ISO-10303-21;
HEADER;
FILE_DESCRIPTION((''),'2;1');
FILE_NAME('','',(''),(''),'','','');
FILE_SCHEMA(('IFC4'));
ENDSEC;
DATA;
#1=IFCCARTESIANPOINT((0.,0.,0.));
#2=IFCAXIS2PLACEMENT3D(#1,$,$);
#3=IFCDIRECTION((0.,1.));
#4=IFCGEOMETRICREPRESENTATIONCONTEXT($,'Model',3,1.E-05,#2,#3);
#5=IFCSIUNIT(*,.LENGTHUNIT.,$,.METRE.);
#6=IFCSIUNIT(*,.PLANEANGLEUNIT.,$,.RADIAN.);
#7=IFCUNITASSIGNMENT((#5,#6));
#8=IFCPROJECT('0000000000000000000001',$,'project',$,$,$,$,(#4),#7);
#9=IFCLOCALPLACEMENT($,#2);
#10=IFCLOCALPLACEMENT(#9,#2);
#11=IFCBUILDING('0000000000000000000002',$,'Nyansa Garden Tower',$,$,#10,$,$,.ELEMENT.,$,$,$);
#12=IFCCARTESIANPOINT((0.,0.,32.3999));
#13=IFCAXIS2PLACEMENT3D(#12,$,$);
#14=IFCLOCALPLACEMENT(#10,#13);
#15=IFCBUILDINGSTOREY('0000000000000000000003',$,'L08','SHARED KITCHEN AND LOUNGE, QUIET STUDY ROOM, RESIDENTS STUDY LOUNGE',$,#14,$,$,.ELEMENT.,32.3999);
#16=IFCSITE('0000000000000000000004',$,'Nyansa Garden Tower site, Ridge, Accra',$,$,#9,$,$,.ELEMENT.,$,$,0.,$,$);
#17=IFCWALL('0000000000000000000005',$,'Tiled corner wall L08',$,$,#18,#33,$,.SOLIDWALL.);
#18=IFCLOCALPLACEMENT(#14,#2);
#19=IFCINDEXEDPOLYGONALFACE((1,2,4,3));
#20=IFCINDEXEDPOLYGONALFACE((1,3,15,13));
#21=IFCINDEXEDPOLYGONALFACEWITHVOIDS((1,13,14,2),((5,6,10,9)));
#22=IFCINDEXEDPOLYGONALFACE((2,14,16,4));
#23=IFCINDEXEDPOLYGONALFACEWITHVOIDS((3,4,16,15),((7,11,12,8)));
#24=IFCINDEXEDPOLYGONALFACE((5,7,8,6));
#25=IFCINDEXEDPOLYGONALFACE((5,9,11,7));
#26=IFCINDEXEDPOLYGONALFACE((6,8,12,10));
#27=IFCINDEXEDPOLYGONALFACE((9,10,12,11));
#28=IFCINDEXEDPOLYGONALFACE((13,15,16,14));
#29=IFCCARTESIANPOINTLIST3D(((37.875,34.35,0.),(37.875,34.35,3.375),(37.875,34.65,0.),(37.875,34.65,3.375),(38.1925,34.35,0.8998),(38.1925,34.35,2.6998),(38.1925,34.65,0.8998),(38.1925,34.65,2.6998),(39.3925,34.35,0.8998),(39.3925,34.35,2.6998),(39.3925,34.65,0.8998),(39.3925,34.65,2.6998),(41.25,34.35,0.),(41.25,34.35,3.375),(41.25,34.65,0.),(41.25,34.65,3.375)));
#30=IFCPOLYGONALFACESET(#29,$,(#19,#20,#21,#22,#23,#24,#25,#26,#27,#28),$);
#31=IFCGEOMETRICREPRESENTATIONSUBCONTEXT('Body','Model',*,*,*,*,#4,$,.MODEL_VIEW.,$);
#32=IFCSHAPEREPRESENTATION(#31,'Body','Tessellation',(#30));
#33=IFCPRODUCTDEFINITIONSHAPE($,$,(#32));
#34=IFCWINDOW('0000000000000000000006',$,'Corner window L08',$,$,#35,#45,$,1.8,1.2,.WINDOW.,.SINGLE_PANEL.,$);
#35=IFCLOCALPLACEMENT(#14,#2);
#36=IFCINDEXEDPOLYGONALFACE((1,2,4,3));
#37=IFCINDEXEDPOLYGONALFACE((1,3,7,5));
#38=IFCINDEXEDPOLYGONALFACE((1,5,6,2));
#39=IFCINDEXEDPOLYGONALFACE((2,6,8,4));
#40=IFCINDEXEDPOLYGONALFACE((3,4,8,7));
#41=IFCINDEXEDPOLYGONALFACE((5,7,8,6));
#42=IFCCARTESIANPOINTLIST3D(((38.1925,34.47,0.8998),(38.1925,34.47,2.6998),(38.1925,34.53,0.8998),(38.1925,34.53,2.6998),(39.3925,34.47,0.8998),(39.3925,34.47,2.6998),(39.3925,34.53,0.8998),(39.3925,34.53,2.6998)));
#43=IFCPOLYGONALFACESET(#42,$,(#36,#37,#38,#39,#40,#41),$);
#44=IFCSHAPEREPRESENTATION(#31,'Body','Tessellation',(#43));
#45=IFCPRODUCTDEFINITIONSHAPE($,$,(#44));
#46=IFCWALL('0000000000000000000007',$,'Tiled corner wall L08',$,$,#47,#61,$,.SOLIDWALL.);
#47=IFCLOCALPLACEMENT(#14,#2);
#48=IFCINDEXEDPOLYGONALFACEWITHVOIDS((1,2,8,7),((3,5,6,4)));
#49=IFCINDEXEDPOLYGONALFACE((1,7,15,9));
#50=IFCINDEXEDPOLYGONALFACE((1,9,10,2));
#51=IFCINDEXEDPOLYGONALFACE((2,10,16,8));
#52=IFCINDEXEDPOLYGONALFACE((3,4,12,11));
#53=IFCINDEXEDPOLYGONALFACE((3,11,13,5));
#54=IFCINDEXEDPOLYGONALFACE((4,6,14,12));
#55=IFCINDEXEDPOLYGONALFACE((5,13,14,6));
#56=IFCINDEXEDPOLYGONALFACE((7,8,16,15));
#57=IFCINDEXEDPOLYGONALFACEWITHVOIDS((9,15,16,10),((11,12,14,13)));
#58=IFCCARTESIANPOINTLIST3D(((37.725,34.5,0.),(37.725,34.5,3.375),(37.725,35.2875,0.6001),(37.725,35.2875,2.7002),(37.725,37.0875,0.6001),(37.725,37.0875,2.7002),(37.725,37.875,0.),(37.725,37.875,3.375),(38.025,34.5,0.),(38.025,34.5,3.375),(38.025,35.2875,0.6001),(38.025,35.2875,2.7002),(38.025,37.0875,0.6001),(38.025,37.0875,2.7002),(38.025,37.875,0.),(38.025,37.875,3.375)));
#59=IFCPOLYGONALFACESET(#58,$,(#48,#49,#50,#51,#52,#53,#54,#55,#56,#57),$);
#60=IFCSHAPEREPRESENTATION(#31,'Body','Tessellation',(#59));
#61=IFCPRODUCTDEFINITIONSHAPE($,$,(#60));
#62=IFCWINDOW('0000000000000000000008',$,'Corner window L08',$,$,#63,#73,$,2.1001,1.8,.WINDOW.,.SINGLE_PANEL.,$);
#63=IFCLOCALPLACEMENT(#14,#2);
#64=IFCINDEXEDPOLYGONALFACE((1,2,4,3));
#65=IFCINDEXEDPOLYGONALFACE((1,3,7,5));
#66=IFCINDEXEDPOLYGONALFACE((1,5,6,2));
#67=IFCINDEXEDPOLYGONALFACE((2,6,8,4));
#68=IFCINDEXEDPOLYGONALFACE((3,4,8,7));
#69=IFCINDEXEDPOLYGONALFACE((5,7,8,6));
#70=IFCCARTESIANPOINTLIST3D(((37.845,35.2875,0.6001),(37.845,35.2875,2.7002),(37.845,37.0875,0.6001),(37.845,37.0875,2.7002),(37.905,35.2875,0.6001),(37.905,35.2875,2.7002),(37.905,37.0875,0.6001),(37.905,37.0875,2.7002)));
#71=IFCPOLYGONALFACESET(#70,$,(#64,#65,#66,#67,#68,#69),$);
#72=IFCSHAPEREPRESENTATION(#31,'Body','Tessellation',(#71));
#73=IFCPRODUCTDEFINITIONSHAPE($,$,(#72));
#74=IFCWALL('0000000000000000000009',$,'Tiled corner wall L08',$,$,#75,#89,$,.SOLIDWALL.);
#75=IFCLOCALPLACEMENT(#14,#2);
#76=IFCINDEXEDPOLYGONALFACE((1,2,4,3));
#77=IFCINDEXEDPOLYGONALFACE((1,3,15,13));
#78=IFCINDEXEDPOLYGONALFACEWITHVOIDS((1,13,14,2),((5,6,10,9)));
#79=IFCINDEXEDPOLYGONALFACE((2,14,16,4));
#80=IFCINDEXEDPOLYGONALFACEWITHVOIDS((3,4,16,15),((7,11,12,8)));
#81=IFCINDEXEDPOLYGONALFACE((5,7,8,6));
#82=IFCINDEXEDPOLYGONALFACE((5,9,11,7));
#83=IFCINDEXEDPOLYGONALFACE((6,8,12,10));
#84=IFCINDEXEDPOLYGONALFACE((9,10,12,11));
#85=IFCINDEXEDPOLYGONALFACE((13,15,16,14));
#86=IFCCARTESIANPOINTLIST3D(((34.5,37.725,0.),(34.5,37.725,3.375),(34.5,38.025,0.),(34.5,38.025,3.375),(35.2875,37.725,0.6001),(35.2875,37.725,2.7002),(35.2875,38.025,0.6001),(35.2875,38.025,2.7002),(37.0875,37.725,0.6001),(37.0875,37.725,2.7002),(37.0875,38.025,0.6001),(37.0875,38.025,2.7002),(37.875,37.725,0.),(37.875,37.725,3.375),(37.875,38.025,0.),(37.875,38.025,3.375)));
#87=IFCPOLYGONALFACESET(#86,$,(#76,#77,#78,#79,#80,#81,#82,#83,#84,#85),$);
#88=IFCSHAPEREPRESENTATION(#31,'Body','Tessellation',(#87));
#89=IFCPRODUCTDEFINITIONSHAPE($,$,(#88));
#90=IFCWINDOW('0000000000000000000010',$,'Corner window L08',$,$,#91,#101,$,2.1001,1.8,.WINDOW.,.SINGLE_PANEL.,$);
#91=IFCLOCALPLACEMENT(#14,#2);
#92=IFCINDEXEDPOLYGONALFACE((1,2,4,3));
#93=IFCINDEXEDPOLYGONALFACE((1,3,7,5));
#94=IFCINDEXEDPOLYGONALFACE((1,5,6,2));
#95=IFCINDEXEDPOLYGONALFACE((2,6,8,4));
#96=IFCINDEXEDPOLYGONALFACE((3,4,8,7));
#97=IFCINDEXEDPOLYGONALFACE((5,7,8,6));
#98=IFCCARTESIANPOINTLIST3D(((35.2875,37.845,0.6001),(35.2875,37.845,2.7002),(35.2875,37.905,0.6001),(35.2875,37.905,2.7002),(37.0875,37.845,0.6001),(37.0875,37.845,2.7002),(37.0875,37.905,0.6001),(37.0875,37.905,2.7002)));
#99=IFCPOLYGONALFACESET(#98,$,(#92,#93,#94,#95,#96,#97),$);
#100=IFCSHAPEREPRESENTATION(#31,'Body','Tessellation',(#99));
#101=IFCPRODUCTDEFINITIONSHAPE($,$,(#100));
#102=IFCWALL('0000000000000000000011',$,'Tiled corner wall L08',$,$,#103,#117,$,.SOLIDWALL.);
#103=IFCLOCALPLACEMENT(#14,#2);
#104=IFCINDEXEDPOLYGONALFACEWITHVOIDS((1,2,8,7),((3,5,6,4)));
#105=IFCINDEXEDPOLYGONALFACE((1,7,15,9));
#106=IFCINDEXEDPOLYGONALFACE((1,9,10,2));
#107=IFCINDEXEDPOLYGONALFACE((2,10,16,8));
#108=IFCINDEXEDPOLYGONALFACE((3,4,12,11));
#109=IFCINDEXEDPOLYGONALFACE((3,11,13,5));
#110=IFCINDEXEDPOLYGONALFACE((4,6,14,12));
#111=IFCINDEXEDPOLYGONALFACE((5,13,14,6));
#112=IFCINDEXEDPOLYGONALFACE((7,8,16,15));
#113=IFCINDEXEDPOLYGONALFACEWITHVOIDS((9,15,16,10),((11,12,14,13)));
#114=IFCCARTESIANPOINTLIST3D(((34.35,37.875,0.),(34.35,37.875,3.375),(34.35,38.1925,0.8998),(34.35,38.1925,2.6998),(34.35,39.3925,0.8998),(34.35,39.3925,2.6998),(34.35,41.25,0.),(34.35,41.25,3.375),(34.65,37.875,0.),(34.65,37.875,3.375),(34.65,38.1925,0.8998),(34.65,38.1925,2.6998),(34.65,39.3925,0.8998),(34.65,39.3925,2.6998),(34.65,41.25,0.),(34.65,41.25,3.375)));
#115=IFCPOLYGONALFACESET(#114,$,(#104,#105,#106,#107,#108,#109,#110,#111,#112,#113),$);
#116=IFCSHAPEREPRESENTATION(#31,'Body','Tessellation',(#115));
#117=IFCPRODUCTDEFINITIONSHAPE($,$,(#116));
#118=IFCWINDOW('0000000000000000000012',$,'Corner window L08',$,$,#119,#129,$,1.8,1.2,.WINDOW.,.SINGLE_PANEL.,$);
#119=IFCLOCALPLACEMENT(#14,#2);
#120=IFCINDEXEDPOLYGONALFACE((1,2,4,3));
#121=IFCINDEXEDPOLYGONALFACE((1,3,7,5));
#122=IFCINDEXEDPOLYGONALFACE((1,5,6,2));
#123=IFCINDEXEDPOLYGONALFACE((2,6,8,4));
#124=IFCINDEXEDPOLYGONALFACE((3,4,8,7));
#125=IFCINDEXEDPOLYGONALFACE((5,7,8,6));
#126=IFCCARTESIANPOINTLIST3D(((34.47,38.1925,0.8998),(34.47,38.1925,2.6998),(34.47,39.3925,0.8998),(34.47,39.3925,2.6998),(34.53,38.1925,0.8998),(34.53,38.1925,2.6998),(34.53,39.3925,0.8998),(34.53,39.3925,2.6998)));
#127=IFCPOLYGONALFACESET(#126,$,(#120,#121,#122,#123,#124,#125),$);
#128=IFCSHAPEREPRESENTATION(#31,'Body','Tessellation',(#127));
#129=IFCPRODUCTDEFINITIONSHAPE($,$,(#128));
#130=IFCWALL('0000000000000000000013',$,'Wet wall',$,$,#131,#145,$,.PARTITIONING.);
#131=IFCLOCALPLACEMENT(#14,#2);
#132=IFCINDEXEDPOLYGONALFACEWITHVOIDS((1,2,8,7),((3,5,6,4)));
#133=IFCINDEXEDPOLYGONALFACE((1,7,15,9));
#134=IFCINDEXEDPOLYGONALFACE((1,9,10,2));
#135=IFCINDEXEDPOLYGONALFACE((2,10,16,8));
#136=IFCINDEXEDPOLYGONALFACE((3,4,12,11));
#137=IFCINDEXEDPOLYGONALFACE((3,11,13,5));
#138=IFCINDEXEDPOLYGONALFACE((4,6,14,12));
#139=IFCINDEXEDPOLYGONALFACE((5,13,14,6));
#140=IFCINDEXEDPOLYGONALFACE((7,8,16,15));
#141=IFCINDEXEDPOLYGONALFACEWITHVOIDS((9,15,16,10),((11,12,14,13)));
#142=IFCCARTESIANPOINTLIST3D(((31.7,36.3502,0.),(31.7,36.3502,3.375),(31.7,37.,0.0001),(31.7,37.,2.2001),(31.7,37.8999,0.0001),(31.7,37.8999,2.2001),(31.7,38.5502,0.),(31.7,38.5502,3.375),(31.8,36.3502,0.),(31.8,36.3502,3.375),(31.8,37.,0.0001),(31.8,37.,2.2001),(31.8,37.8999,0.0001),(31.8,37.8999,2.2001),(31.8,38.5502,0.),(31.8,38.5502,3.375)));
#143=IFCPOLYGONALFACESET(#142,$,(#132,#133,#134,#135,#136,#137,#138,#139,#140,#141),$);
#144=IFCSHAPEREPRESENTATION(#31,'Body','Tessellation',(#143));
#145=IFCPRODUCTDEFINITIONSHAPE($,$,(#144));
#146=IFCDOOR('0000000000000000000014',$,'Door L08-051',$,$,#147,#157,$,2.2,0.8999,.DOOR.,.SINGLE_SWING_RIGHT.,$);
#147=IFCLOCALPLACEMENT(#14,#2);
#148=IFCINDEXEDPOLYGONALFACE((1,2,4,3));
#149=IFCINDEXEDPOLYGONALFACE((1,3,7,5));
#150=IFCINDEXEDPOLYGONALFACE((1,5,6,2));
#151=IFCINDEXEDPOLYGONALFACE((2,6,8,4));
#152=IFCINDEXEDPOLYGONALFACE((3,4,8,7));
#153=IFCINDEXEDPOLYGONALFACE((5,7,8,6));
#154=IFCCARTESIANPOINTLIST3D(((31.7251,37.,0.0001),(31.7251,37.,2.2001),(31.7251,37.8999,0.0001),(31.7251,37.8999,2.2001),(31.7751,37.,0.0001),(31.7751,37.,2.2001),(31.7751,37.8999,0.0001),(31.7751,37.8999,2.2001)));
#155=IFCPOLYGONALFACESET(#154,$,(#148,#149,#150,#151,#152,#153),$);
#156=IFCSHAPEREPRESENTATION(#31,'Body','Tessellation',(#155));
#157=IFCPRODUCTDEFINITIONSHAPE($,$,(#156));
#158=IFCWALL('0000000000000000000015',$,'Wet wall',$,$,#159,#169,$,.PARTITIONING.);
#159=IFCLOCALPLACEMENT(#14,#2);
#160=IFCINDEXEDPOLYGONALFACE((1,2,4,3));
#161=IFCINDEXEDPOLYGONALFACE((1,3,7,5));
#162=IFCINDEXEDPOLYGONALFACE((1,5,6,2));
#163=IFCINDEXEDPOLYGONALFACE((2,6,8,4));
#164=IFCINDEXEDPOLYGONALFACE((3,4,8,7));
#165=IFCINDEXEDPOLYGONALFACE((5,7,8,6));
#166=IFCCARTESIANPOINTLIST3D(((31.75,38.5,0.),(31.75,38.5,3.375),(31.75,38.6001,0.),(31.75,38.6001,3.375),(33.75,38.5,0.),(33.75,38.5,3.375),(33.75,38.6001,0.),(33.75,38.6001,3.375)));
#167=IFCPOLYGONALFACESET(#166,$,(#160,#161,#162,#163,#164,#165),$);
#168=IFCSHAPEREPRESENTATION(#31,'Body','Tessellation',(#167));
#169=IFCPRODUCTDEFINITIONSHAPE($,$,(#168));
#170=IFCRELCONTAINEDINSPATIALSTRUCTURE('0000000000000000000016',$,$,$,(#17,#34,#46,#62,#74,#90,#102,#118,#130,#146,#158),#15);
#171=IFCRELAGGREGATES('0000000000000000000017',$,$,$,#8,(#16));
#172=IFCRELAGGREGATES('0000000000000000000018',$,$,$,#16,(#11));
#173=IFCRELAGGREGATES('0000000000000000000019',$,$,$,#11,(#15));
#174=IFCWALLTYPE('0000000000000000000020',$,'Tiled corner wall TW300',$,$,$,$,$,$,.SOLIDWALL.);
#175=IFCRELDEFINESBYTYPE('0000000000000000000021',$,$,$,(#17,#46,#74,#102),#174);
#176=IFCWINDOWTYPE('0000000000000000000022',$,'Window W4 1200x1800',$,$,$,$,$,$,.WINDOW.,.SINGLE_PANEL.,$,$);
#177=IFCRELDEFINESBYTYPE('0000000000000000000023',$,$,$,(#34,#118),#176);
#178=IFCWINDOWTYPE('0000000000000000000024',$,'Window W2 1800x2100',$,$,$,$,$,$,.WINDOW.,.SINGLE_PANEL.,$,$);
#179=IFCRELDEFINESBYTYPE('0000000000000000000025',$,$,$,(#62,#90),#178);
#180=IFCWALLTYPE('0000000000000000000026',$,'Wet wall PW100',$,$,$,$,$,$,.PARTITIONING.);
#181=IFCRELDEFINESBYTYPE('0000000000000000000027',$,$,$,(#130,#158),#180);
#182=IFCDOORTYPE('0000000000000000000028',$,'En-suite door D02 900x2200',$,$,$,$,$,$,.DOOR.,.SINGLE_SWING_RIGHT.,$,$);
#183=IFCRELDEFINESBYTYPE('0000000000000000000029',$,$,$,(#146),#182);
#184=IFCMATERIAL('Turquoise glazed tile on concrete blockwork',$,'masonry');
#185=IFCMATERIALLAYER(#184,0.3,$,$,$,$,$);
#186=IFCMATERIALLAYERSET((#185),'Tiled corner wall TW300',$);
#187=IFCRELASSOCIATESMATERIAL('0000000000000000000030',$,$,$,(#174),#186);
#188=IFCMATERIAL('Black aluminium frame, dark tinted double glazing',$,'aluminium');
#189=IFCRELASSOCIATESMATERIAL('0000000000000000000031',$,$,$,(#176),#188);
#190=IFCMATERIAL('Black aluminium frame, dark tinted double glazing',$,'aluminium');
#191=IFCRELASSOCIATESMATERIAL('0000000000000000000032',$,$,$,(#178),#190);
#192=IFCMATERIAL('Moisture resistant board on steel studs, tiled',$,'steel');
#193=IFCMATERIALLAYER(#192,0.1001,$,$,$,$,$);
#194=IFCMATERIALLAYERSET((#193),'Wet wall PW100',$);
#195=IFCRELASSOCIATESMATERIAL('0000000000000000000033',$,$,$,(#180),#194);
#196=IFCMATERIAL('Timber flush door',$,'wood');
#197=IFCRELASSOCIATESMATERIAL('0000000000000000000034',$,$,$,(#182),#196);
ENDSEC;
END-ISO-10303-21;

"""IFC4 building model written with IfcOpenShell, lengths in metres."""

from ifc_helpers import new_model, si_unit, direction, frame, frame_2d, origin, place, context, subcontext, project, spatial, rectangle, extrude, material, layer, layer_set, type_object, element, fill, save


model = new_model("IFC4")

# Units and contexts
model_context = context("Model", 3, precision=1e-05, world=origin(), true_north=direction((0.0, 1.0)))
body_context = subcontext(model_context, "Body", "Model", "MODEL_VIEW")
ifc_project = project(units=[si_unit("LENGTHUNIT", "METRE"), si_unit("PLANEANGLEUNIT", "RADIAN")], contexts=[model_context])

# Site, building, storey
site_placement = place(None, origin())
site = spatial("IfcSite", under=ifc_project, at=site_placement, Name="Nyansa Garden Tower site, Ridge, Accra", CompositionType="ELEMENT", RefElevation=0.0)
building_placement = place(site_placement, origin())
building = spatial("IfcBuilding", under=site, at=building_placement, Name="Nyansa Garden Tower", CompositionType="ELEMENT")
storey_placement = place(building_placement, frame((0.0, 0.0, 32.3999)))
storey = spatial("IfcBuildingStorey", under=building, at=storey_placement, Name="L08", Description="SHARED KITCHEN AND LOUNGE, QUIET STUDY ROOM, RESIDENTS STUDY LOUNGE", CompositionType="ELEMENT", Elevation=32.3999)

# Walls, openings, windows
ifc_material_1 = material(Name="Turquoise glazed tile on concrete blockwork", Category="masonry")
ifc_layer_1 = layer(ifc_material_1, 0.3)
ifc_layer_set_1 = layer_set([ifc_layer_1], Name="Tiled corner wall TW300")
wall_type_1 = type_object("IfcWallType", Name="Tiled corner wall TW300", PredefinedType="SOLIDWALL", material=ifc_layer_set_1)
wall_1_placement = place(storey_placement, frame((41.25, 34.5, 0.0), z_axis=(0.0, 0.0, 1.0), x_axis=(-1.0, 0.0, 0.0)))
wall_1 = element("IfcWall", 1, at=wall_1_placement, inside=storey, type_object=wall_type_1, Name="Tiled corner wall L08", PredefinedType="SOLIDWALL", context=body_context, shape_type="SweptSolid", body=[
    extrude(rectangle(XDim=3.375, YDim=0.3, at=frame_2d((1.6875, 0.0))), origin(), (0.0, 0.0, 1.0), 3.375),
])
opening_1_placement = place(wall_1_placement, frame((1.8574, 0.0, 0.8999)))
opening_1 = element("IfcOpeningElement", 2, at=opening_1_placement, cuts=wall_1, PredefinedType="OPENING", context=body_context, shape_type="SweptSolid", body=[
    extrude(rectangle(XDim=1.2, YDim=1.8, at=frame_2d((0.6001, 0.8999))), frame((0.0, 0.1599, 0.0), z_axis=(0.0, -1.0, 0.0), x_axis=(1.0, 0.0, 0.0)), (0.0, 0.0, 1.0), 0.3201),
])
ifc_material_2 = material(Name="Black aluminium frame, dark tinted double glazing", Category="aluminium")
window_type_1 = type_object("IfcWindowType", Name="Window W4 1200x1800", PartitioningType="SINGLE_PANEL", PredefinedType="WINDOW", material=ifc_material_2)
window_1_placement = place(opening_1_placement, origin())
window_1 = element("IfcWindow", 3, at=window_1_placement, inside=storey, type_object=window_type_1, Name="Corner window L08", OverallHeight=1.8, OverallWidth=1.2, PartitioningType="SINGLE_PANEL", PredefinedType="WINDOW", context=body_context, shape_type="SweptSolid", body=[
    extrude(rectangle(XDim=1.2, YDim=1.8, at=frame_2d((0.6001, 0.8999))), frame((0.0, 0.03, 0.0), z_axis=(0.0, -1.0, 0.0), x_axis=(1.0, 0.0, 0.0)), (0.0, 0.0, 1.0), 0.0601),
])
fill(opening_1, window_1)
wall_2_placement = place(storey_placement, frame((37.875, 34.5, 0.0), z_axis=(0.0, 0.0, 1.0), x_axis=(0.0, 1.0, 0.0)))
wall_2 = element("IfcWall", 4, at=wall_2_placement, inside=storey, type_object=wall_type_1, Name="Tiled corner wall L08", PredefinedType="SOLIDWALL", context=body_context, shape_type="SweptSolid", body=[
    extrude(rectangle(XDim=3.375, YDim=0.3, at=frame_2d((1.6875, 0.0))), origin(), (0.0, 0.0, 1.0), 3.375),
])
opening_2_placement = place(wall_2_placement, frame((0.7876, 0.0, 0.6001)))
opening_2 = element("IfcOpeningElement", 5, at=opening_2_placement, cuts=wall_2, PredefinedType="OPENING", context=body_context, shape_type="SweptSolid", body=[
    extrude(rectangle(XDim=1.8, YDim=2.1001, at=frame_2d((0.8999, 1.05))), frame((0.0, 0.1599, 0.0), z_axis=(0.0, -1.0, 0.0), x_axis=(1.0, 0.0, 0.0)), (0.0, 0.0, 1.0), 0.3201),
])
ifc_material_3 = material(Name="Black aluminium frame, dark tinted double glazing", Category="aluminium")
window_type_2 = type_object("IfcWindowType", Name="Window W2 1800x2100", PartitioningType="SINGLE_PANEL", PredefinedType="WINDOW", material=ifc_material_3)
window_2_placement = place(opening_2_placement, origin())
window_2 = element("IfcWindow", 6, at=window_2_placement, inside=storey, type_object=window_type_2, Name="Corner window L08", OverallHeight=2.1001, OverallWidth=1.8, PartitioningType="SINGLE_PANEL", PredefinedType="WINDOW", context=body_context, shape_type="SweptSolid", body=[
    extrude(rectangle(XDim=1.8, YDim=2.1001, at=frame_2d((0.8999, 1.05))), frame((0.0, 0.03, 0.0), z_axis=(0.0, -1.0, 0.0), x_axis=(1.0, 0.0, 0.0)), (0.0, 0.0, 1.0), 0.0601),
])
fill(opening_2, window_2)
wall_3_placement = place(storey_placement, frame((37.875, 37.875, 0.0), z_axis=(0.0, 0.0, 1.0), x_axis=(-1.0, 0.0, 0.0)))
wall_3 = element("IfcWall", 7, at=wall_3_placement, inside=storey, type_object=wall_type_1, Name="Tiled corner wall L08", PredefinedType="SOLIDWALL", context=body_context, shape_type="SweptSolid", body=[
    extrude(rectangle(XDim=3.375, YDim=0.3, at=frame_2d((1.6875, 0.0))), origin(), (0.0, 0.0, 1.0), 3.375),
])
opening_3_placement = place(wall_3_placement, frame((0.7876, 0.0, 0.6001)))
opening_3 = element("IfcOpeningElement", 8, at=opening_3_placement, cuts=wall_3, PredefinedType="OPENING", context=body_context, shape_type="SweptSolid", body=[
    extrude(rectangle(XDim=1.8, YDim=2.1001, at=frame_2d((0.8999, 1.05))), frame((0.0, 0.1599, 0.0), z_axis=(0.0, -1.0, 0.0), x_axis=(1.0, 0.0, 0.0)), (0.0, 0.0, 1.0), 0.3201),
])
window_3_placement = place(opening_3_placement, origin())
window_3 = element("IfcWindow", 9, at=window_3_placement, inside=storey, type_object=window_type_2, Name="Corner window L08", OverallHeight=2.1001, OverallWidth=1.8, PartitioningType="SINGLE_PANEL", PredefinedType="WINDOW", context=body_context, shape_type="SweptSolid", body=[
    extrude(rectangle(XDim=1.8, YDim=2.1001, at=frame_2d((0.8999, 1.05))), frame((0.0, 0.03, 0.0), z_axis=(0.0, -1.0, 0.0), x_axis=(1.0, 0.0, 0.0)), (0.0, 0.0, 1.0), 0.0601),
])
fill(opening_3, window_3)
wall_4_placement = place(storey_placement, frame((34.5, 37.875, 0.0), z_axis=(0.0, 0.0, 1.0), x_axis=(0.0, 1.0, 0.0)))
wall_4 = element("IfcWall", 10, at=wall_4_placement, inside=storey, type_object=wall_type_1, Name="Tiled corner wall L08", PredefinedType="SOLIDWALL", context=body_context, shape_type="SweptSolid", body=[
    extrude(rectangle(XDim=3.375, YDim=0.3, at=frame_2d((1.6875, 0.0))), origin(), (0.0, 0.0, 1.0), 3.375),
])
opening_4_placement = place(wall_4_placement, frame((0.3174, 0.0, 0.8999)))
opening_4 = element("IfcOpeningElement", 11, at=opening_4_placement, cuts=wall_4, PredefinedType="OPENING", context=body_context, shape_type="SweptSolid", body=[
    extrude(rectangle(XDim=1.2, YDim=1.8, at=frame_2d((0.6001, 0.8999))), frame((0.0, 0.1599, 0.0), z_axis=(0.0, -1.0, 0.0), x_axis=(1.0, 0.0, 0.0)), (0.0, 0.0, 1.0), 0.3201),
])
window_4_placement = place(opening_4_placement, origin())
window_4 = element("IfcWindow", 12, at=window_4_placement, inside=storey, type_object=window_type_1, Name="Corner window L08", OverallHeight=1.8, OverallWidth=1.2, PartitioningType="SINGLE_PANEL", PredefinedType="WINDOW", context=body_context, shape_type="SweptSolid", body=[
    extrude(rectangle(XDim=1.2, YDim=1.8, at=frame_2d((0.6001, 0.8999))), frame((0.0, 0.03, 0.0), z_axis=(0.0, -1.0, 0.0), x_axis=(1.0, 0.0, 0.0)), (0.0, 0.0, 1.0), 0.0601),
])
fill(opening_4, window_4)

# Wall, opening, door
ifc_material_4 = material(Name="Moisture resistant board on steel studs, tiled", Category="steel")
ifc_layer_2 = layer(ifc_material_4, 0.1001)
ifc_layer_set_2 = layer_set([ifc_layer_2], Name="Wet wall PW100")
wall_type_2 = type_object("IfcWallType", Name="Wet wall PW100", PredefinedType="PARTITIONING", material=ifc_layer_set_2)
wall_5_placement = place(storey_placement, frame((31.75, 36.3501, 0.0), z_axis=(0.0, 0.0, 1.0), x_axis=(0.0, 1.0, 0.0)))
wall_5 = element("IfcWall", 13, at=wall_5_placement, inside=storey, type_object=wall_type_2, Name="Wet wall", PredefinedType="PARTITIONING", context=body_context, shape_type="SweptSolid", body=[
    extrude(rectangle(XDim=2.2, YDim=0.1001, at=frame_2d((1.1001, 0.0))), origin(), (0.0, 0.0, 1.0), 3.375),
])
opening_5_placement = place(wall_5_placement, frame((0.6499, 0.0, 0.0)))
opening_5 = element("IfcOpeningElement", 14, at=opening_5_placement, cuts=wall_5, PredefinedType="OPENING", context=body_context, shape_type="SweptSolid", body=[
    extrude(rectangle(XDim=0.8999, YDim=2.2, at=frame_2d((0.45, 1.1001))), frame((0.0, 0.0601, 0.0), z_axis=(0.0, -1.0, 0.0), x_axis=(1.0, 0.0, 0.0)), (0.0, 0.0, 1.0), 0.1201),
])
ifc_material_5 = material(Name="Timber flush door", Category="wood")
door_type = type_object("IfcDoorType", Name="En-suite door D02 900x2200", OperationType="SINGLE_SWING_RIGHT", PredefinedType="DOOR", material=ifc_material_5)
door_placement = place(opening_5_placement, origin())
door = element("IfcDoor", 15, at=door_placement, inside=storey, type_object=door_type, Name="Door L08-051", OperationType="SINGLE_SWING_RIGHT", OverallHeight=2.2, OverallWidth=0.8999, PredefinedType="DOOR", context=body_context, shape_type="SweptSolid", body=[
    extrude(rectangle(XDim=0.8999, YDim=2.2, at=frame_2d((0.45, 1.1001))), frame((0.0, 0.0249, 0.0), z_axis=(0.0, -1.0, 0.0), x_axis=(1.0, 0.0, 0.0)), (0.0, 0.0, 1.0), 0.05),
])
fill(opening_5, door)

# Wall
wall_6_placement = place(storey_placement, frame((31.75, 38.55, 0.0), z_axis=(0.0, 0.0, 1.0), x_axis=(1.0, 0.0, 0.0)))
element("IfcWall", 16, at=wall_6_placement, inside=storey, type_object=wall_type_2, Name="Wet wall", PredefinedType="PARTITIONING", context=body_context, shape_type="SweptSolid", body=[
    extrude(rectangle(XDim=2.0, YDim=0.1001, at=frame_2d((1.0, 0.0))), origin(), (0.0, 0.0, 1.0), 3.375),
])

save(model, "model.ifc")
